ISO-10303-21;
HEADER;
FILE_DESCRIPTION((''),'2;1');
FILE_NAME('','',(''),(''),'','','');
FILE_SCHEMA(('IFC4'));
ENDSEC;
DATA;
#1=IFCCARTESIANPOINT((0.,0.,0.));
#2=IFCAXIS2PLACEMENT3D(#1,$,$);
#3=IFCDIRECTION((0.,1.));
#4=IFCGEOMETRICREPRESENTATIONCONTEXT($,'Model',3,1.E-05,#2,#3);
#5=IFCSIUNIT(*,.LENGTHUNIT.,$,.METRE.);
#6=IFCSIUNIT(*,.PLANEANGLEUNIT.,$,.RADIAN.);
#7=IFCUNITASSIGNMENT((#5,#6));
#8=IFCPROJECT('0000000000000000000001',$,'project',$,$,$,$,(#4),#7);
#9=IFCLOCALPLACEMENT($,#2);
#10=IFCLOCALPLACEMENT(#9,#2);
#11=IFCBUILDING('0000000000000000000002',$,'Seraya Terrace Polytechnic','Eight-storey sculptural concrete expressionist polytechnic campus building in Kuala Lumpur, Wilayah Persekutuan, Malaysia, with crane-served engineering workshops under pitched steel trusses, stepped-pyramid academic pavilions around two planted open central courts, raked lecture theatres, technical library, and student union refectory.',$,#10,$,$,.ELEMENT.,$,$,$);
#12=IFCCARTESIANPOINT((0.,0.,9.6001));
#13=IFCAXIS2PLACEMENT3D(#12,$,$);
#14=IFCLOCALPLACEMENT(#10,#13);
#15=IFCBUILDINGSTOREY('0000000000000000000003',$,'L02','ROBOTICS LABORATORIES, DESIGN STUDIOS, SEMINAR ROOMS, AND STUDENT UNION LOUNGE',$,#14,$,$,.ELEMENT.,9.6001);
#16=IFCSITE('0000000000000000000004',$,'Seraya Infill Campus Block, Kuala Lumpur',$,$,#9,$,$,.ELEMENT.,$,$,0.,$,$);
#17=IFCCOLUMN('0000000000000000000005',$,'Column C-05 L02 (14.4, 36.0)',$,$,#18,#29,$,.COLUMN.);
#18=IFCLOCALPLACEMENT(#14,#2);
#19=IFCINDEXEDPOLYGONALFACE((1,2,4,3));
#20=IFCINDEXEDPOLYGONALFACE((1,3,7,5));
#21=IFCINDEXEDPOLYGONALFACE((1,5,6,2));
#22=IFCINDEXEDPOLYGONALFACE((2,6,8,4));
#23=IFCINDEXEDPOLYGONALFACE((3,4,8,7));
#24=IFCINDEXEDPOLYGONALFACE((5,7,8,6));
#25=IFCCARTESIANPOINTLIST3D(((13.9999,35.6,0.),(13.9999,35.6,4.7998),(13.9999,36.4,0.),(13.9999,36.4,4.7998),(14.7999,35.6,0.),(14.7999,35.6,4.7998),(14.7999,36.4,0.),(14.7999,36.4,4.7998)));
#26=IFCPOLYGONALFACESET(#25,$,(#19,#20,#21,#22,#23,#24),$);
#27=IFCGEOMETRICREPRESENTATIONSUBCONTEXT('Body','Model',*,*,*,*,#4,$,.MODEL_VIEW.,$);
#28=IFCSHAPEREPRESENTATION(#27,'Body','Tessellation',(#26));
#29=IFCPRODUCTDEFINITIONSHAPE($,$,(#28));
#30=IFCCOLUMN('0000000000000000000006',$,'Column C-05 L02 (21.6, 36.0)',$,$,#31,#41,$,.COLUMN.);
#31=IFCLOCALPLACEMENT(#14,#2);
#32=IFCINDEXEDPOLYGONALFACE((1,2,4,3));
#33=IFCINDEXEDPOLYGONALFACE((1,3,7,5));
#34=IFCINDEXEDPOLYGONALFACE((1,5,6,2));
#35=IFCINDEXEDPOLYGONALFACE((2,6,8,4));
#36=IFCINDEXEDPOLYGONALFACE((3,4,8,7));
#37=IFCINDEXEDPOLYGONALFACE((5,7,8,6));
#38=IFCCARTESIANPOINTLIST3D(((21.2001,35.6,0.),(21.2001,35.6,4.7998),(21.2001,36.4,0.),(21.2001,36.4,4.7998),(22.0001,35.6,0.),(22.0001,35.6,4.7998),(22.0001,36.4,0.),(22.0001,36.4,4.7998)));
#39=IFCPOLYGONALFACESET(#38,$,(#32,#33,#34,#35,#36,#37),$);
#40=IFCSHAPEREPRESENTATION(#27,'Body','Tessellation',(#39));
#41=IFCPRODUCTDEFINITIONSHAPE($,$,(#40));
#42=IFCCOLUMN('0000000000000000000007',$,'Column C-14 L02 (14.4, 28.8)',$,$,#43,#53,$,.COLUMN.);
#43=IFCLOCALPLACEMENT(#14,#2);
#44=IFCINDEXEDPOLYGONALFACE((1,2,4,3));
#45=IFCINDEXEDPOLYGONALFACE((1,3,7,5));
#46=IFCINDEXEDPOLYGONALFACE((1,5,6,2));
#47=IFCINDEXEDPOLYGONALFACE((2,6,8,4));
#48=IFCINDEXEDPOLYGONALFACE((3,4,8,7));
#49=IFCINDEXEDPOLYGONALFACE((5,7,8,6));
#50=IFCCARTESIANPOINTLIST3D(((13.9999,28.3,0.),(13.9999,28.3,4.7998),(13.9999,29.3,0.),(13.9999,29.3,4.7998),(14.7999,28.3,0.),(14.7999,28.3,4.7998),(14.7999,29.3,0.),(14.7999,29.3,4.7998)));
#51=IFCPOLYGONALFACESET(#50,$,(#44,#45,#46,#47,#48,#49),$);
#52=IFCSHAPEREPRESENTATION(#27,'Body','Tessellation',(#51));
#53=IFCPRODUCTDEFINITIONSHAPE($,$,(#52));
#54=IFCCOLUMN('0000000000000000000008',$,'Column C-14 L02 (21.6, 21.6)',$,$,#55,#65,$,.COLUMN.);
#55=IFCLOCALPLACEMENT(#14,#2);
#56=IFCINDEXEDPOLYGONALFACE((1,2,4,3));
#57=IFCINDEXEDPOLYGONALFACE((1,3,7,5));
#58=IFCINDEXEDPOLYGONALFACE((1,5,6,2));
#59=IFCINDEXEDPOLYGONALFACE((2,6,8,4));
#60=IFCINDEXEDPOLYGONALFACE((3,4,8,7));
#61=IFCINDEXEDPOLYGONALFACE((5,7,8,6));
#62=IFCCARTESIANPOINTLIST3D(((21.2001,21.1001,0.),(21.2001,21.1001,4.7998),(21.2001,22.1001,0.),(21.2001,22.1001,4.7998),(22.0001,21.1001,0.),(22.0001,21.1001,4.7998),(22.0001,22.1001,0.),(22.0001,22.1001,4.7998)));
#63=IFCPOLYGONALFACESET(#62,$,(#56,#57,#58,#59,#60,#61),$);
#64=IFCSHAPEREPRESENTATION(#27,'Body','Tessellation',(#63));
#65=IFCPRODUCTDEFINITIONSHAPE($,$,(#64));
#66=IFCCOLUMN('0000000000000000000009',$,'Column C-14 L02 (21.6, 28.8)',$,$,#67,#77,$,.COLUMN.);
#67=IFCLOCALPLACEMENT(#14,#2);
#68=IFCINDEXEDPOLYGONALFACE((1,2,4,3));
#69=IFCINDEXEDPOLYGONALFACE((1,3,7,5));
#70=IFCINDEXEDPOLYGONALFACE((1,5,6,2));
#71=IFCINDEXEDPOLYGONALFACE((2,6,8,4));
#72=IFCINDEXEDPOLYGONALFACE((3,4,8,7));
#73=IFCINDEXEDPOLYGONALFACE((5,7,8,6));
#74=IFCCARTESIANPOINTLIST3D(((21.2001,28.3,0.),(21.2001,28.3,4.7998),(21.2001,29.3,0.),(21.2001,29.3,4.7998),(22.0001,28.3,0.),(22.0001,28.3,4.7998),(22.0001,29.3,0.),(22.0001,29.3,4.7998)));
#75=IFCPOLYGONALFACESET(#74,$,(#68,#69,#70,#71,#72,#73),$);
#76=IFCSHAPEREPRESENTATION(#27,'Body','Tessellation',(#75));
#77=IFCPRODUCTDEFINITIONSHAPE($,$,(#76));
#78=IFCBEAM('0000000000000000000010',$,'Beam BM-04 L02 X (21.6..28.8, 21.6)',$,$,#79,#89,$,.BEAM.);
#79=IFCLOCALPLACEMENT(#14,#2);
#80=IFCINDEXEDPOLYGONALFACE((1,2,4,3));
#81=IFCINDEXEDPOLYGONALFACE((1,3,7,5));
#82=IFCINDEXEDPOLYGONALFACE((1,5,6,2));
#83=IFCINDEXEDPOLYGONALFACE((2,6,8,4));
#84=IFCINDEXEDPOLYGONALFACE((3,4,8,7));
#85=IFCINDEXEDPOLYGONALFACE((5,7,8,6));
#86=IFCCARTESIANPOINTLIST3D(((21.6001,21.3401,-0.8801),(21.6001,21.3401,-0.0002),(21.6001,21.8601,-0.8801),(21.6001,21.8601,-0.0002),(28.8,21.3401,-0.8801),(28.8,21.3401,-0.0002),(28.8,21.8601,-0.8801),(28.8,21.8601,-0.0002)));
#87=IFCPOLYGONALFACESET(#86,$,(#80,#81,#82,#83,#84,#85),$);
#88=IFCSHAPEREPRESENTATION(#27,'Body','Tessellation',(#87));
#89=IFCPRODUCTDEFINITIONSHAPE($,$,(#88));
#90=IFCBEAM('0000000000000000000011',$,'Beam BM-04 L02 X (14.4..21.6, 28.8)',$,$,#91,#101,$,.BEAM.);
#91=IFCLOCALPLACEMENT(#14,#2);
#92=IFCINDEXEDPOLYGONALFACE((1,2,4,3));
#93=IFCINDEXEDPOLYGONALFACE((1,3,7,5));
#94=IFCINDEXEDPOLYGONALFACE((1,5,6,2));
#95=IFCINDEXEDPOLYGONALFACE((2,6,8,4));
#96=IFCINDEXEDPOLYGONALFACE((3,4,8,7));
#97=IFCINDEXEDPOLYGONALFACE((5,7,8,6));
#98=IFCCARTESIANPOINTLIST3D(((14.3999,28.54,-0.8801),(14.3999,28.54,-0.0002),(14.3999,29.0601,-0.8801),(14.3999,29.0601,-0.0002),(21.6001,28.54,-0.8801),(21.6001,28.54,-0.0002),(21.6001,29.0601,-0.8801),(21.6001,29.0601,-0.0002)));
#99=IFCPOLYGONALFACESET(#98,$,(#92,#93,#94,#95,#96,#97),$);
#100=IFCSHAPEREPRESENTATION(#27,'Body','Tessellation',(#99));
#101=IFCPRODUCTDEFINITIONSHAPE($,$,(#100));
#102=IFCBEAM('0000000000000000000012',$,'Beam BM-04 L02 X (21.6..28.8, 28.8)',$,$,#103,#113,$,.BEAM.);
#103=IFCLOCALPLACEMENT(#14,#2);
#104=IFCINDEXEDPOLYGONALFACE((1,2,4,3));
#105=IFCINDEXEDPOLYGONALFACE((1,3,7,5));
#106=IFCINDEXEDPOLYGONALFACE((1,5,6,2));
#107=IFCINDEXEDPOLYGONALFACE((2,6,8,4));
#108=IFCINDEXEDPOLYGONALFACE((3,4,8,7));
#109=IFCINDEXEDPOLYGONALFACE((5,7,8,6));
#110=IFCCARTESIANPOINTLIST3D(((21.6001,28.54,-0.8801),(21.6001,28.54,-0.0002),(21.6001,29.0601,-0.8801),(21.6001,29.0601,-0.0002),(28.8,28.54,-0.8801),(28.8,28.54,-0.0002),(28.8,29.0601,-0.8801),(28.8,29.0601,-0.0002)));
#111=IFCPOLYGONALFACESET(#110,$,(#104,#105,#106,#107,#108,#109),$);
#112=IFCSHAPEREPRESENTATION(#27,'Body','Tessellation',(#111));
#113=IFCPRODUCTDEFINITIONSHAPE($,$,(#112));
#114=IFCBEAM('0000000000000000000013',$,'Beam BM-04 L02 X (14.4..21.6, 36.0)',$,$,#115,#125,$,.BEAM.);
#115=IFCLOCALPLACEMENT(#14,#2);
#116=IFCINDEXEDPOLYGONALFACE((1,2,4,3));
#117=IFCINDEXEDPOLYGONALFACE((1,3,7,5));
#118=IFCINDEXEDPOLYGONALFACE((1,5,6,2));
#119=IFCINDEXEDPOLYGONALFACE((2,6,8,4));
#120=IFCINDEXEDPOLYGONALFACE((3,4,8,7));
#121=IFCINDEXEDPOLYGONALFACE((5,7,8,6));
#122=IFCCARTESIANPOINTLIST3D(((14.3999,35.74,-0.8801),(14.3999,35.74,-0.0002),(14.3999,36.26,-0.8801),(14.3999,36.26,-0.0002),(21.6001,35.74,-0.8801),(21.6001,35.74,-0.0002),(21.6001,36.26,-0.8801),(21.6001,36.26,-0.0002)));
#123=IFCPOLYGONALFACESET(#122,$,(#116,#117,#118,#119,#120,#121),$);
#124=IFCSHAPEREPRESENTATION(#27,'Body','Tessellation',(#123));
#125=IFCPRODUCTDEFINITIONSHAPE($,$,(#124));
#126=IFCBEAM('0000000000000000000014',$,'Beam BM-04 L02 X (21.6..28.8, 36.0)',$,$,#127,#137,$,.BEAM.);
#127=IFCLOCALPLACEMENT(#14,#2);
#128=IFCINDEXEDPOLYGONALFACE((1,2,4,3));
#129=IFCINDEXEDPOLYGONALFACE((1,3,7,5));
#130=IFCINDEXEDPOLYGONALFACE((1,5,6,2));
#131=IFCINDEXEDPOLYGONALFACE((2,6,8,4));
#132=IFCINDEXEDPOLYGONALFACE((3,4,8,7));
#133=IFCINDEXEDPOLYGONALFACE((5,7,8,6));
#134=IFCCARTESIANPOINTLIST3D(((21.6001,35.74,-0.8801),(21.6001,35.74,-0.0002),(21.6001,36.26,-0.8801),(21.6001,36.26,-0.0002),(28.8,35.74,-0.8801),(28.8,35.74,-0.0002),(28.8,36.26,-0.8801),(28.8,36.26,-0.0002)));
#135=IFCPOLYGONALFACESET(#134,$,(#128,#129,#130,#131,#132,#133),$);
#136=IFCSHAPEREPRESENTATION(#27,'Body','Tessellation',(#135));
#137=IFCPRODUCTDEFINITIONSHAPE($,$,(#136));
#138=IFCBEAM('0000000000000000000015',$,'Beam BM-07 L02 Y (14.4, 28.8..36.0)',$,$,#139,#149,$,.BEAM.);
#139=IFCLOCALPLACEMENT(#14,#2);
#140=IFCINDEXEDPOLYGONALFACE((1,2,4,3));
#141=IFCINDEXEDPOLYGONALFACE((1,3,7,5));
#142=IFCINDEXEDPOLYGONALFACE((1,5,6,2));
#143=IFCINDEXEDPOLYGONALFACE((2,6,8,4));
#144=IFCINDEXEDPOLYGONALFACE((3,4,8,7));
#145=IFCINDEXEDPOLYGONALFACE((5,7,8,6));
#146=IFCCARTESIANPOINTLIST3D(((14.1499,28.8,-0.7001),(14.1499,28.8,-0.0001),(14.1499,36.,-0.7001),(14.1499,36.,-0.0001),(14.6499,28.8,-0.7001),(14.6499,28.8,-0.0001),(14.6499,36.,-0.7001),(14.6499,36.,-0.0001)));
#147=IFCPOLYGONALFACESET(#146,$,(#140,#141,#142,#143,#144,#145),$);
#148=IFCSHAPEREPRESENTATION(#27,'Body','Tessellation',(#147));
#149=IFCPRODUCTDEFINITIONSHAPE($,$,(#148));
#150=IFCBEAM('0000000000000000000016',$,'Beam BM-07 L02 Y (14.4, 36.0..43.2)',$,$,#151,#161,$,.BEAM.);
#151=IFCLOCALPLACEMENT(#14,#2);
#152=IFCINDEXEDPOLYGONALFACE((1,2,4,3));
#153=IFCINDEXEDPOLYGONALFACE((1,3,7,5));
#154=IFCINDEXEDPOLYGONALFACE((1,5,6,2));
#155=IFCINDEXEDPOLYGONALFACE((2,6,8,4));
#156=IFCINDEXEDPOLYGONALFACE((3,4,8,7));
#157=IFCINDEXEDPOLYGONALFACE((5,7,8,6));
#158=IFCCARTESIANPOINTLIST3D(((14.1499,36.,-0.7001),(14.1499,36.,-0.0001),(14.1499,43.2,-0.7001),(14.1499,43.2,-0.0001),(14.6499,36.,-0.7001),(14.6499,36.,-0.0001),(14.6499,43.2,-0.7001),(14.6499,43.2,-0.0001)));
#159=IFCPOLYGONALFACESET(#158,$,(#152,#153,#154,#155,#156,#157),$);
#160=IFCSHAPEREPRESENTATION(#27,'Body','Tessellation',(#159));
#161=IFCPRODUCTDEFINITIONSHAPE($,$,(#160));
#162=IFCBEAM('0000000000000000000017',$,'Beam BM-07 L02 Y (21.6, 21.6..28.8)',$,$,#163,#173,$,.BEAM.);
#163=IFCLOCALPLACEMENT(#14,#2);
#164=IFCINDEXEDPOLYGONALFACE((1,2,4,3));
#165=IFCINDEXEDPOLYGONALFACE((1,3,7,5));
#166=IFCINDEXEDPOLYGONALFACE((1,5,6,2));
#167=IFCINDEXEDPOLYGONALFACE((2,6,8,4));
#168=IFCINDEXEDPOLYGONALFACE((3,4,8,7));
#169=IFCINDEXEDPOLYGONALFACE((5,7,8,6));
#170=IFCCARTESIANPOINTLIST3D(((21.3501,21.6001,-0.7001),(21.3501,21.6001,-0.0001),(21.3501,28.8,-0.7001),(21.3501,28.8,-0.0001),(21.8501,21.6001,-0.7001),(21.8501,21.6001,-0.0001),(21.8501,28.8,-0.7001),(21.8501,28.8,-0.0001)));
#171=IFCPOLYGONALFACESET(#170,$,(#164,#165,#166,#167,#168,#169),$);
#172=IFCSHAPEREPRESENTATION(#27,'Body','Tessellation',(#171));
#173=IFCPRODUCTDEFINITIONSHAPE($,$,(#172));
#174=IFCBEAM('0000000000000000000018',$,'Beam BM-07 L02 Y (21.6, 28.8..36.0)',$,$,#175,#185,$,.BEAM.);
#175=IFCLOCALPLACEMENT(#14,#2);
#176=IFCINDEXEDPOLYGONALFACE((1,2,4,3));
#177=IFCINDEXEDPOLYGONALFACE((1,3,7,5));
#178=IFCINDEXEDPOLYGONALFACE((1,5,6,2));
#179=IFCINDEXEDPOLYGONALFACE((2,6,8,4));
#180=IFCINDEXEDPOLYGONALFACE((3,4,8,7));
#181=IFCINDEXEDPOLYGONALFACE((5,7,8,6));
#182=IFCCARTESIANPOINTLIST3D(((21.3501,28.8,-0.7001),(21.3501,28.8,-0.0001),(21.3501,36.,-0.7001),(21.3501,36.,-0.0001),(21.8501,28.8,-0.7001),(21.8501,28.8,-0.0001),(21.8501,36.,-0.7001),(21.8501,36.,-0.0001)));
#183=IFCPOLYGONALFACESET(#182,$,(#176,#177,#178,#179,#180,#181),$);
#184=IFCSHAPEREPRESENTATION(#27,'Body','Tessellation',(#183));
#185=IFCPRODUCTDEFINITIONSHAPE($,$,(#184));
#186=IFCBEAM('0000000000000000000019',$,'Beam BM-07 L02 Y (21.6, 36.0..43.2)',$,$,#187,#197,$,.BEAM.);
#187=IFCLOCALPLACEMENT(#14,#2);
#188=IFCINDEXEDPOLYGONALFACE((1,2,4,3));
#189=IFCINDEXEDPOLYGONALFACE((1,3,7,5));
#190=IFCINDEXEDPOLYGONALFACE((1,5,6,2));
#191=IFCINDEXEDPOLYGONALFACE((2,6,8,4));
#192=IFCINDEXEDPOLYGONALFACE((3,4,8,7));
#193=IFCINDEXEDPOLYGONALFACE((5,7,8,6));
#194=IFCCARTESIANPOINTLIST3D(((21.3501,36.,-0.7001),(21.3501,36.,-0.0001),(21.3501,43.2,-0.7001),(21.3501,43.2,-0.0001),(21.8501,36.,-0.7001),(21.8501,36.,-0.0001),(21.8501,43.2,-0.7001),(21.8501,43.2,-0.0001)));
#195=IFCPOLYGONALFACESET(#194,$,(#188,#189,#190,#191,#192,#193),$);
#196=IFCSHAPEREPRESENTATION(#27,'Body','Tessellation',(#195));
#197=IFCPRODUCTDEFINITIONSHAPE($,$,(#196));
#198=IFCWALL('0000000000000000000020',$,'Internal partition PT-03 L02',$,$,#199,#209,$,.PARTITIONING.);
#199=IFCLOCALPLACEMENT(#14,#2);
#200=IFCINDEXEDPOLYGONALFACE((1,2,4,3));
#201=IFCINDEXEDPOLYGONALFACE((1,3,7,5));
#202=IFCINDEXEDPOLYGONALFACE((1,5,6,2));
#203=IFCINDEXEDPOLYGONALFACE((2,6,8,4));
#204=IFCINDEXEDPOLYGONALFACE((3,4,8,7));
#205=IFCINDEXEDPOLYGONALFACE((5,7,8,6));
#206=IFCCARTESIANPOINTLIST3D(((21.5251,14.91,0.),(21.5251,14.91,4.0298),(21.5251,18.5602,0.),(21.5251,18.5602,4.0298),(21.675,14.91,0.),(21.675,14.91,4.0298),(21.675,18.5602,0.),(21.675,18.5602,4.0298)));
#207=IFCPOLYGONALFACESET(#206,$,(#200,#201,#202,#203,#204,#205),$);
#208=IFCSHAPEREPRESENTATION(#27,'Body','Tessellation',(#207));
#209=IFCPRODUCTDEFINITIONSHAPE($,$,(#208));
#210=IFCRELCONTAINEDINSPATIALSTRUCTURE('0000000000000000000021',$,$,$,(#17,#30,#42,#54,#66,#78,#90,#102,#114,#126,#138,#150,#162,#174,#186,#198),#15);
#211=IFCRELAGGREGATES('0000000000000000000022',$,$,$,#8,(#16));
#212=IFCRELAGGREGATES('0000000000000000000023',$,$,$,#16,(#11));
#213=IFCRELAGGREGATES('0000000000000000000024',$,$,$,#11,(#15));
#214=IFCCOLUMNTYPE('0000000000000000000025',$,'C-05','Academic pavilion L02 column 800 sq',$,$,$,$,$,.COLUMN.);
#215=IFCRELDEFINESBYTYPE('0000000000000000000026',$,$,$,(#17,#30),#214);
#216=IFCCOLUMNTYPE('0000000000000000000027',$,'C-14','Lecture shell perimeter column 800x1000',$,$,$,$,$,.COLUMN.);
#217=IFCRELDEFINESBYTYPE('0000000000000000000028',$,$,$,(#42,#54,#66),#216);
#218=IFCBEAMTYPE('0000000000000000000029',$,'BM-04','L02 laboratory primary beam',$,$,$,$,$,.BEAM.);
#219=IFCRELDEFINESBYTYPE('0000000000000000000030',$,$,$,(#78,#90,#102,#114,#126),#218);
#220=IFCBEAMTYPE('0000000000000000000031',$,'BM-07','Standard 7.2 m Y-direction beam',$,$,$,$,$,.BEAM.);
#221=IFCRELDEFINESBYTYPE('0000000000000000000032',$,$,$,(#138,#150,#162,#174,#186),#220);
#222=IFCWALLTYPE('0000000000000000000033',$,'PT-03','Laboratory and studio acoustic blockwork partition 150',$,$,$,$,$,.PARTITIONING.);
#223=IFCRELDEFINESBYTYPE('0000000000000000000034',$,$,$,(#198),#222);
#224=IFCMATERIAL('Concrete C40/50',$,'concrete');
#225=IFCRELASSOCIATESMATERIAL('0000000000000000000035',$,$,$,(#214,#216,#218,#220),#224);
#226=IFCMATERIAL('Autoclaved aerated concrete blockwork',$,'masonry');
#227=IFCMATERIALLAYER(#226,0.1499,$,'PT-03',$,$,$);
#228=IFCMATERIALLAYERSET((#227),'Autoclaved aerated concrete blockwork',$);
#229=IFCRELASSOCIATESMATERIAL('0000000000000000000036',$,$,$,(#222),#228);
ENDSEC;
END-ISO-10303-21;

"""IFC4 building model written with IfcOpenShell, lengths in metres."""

from ifc_helpers import new_model, si_unit, direction, frame, frame_2d, origin, origin_2d, place, context, subcontext, project, spatial, rectangle, extrude, material, layer, layer_set, material_profile, profile_set, type_object, element, save


model = new_model("IFC4")

# Units and contexts
model_context = context("Model", 3, precision=1e-05, world=origin(), true_north=direction((0.0, 1.0)))
body_context = subcontext(model_context, "Body", "Model", "MODEL_VIEW")
ifc_project = project(units=[si_unit("LENGTHUNIT", "METRE"), si_unit("PLANEANGLEUNIT", "RADIAN")], contexts=[model_context])

# Site, building, storey
site_placement = place(None, origin())
site = spatial("IfcSite", under=ifc_project, at=site_placement, Name="Seraya Infill Campus Block, Kuala Lumpur", CompositionType="ELEMENT", RefElevation=0.0)
building_placement = place(site_placement, origin())
building = spatial("IfcBuilding", under=site, at=building_placement, Name="Seraya Terrace Polytechnic", Description="Eight-storey sculptural concrete expressionist polytechnic campus building in Kuala Lumpur, Wilayah Persekutuan, Malaysia, with crane-served engineering workshops under pitched steel trusses, stepped-pyramid academic pavilions around two planted open central courts, raked lecture theatres, technical library, and student union refectory.", CompositionType="ELEMENT")
storey_placement = place(building_placement, frame((0.0, 0.0, 9.6001)))
storey = spatial("IfcBuildingStorey", under=building, at=storey_placement, Name="L02", Description="ROBOTICS LABORATORIES, DESIGN STUDIOS, SEMINAR ROOMS, AND STUDENT UNION LOUNGE", CompositionType="ELEMENT", Elevation=9.6001)

# Columns
ifc_material_1 = material(Name="Concrete C40/50", Category="concrete")
ifc_material_profile_1 = material_profile(ifc_material_1, rectangle(XDim=0.8, YDim=0.8, at=origin_2d()), Name="RC 800x800")
ifc_profile_set_1 = profile_set([ifc_material_profile_1], Name="Concrete C40/50")
column_type_1 = type_object("IfcColumnType", Name="C-05", Description="Academic pavilion L02 column 800 sq", PredefinedType="COLUMN", material=ifc_profile_set_1)
for number, where, z_axis, x_axis, name in (
    (1, (14.3999, 36.0, 0.0), (0.0, 0.0, 1.0), (1.0, 0.0, 0.0), "Column C-05 L02 (14.4, 36.0)"),
    (2, (21.6001, 36.0, 0.0), (0.0, 0.0, 1.0), (1.0, 0.0, 0.0), "Column C-05 L02 (21.6, 36.0)"),
):
    element("IfcColumn", number, at=place(storey_placement, frame(where, z_axis=z_axis, x_axis=x_axis)), inside=storey, type_object=column_type_1, Name=name, PredefinedType="COLUMN", context=body_context, shape_type="SweptSolid", body=[
        extrude(rectangle(XDim=0.8, YDim=0.8, at=origin_2d()), origin(), (0.0, 0.0, 1.0), 4.7998),
    ])
ifc_material_profile_2 = material_profile(ifc_material_1, rectangle(XDim=0.8, YDim=1.0, at=origin_2d()), Name="RC 800x1000")
ifc_profile_set_2 = profile_set([ifc_material_profile_2], Name="Concrete C40/50")
column_type_2 = type_object("IfcColumnType", Name="C-14", Description="Lecture shell perimeter column 800x1000", PredefinedType="COLUMN", material=ifc_profile_set_2)
for number, where, z_axis, x_axis, name in (
    (3, (14.3999, 28.8, 0.0), (0.0, 0.0, 1.0), (1.0, 0.0, 0.0), "Column C-14 L02 (14.4, 28.8)"),
    (4, (21.6001, 21.6001, 0.0), (0.0, 0.0, 1.0), (1.0, 0.0, 0.0), "Column C-14 L02 (21.6, 21.6)"),
    (5, (21.6001, 28.8, 0.0), (0.0, 0.0, 1.0), (1.0, 0.0, 0.0), "Column C-14 L02 (21.6, 28.8)"),
):
    element("IfcColumn", number, at=place(storey_placement, frame(where, z_axis=z_axis, x_axis=x_axis)), inside=storey, type_object=column_type_2, Name=name, PredefinedType="COLUMN", context=body_context, shape_type="SweptSolid", body=[
        extrude(rectangle(XDim=0.8, YDim=1.0, at=origin_2d()), origin(), (0.0, 0.0, 1.0), 4.7998),
    ])

# Beams
ifc_material_profile_3 = material_profile(ifc_material_1, rectangle(XDim=0.52, YDim=0.8799, at=origin_2d()), Name="RC 520x880")
ifc_profile_set_3 = profile_set([ifc_material_profile_3], Name="Concrete C40/50")
beam_type_1 = type_object("IfcBeamType", Name="BM-04", Description="L02 laboratory primary beam", PredefinedType="BEAM", material=ifc_profile_set_3)
beam_1_placement = place(storey_placement, frame((21.6001, 21.6001, -0.4402), z_axis=(1.0, 0.0, 0.0), x_axis=(0.0, 1.0, 0.0)))
element("IfcBeam", 6, at=beam_1_placement, inside=storey, type_object=beam_type_1, Name="Beam BM-04 L02 X (21.6..28.8, 21.6)", PredefinedType="BEAM", context=body_context, shape_type="SweptSolid", body=[
    extrude(rectangle(XDim=0.52, YDim=0.8799, at=origin_2d()), origin(), (0.0, 0.0, 1.0), 7.2),
])
beam_2_placement = place(storey_placement, frame((14.3999, 28.8, -0.4402), z_axis=(1.0, 0.0, 0.0), x_axis=(0.0, 1.0, 0.0)))
element("IfcBeam", 7, at=beam_2_placement, inside=storey, type_object=beam_type_1, Name="Beam BM-04 L02 X (14.4..21.6, 28.8)", PredefinedType="BEAM", context=body_context, shape_type="SweptSolid", body=[
    extrude(rectangle(XDim=0.52, YDim=0.8799, at=origin_2d()), origin(), (0.0, 0.0, 1.0), 7.2002),
])
beam_3_placement = place(storey_placement, frame((21.6001, 28.8, -0.4402), z_axis=(1.0, 0.0, 0.0), x_axis=(0.0, 1.0, 0.0)))
element("IfcBeam", 8, at=beam_3_placement, inside=storey, type_object=beam_type_1, Name="Beam BM-04 L02 X (21.6..28.8, 28.8)", PredefinedType="BEAM", context=body_context, shape_type="SweptSolid", body=[
    extrude(rectangle(XDim=0.52, YDim=0.8799, at=origin_2d()), origin(), (0.0, 0.0, 1.0), 7.2),
])
beam_4_placement = place(storey_placement, frame((14.3999, 36.0, -0.4402), z_axis=(1.0, 0.0, 0.0), x_axis=(0.0, 1.0, 0.0)))
element("IfcBeam", 9, at=beam_4_placement, inside=storey, type_object=beam_type_1, Name="Beam BM-04 L02 X (14.4..21.6, 36.0)", PredefinedType="BEAM", context=body_context, shape_type="SweptSolid", body=[
    extrude(rectangle(XDim=0.52, YDim=0.8799, at=origin_2d()), origin(), (0.0, 0.0, 1.0), 7.2002),
])
beam_5_placement = place(storey_placement, frame((21.6001, 36.0, -0.4402), z_axis=(1.0, 0.0, 0.0), x_axis=(0.0, 1.0, 0.0)))
element("IfcBeam", 10, at=beam_5_placement, inside=storey, type_object=beam_type_1, Name="Beam BM-04 L02 X (21.6..28.8, 36.0)", PredefinedType="BEAM", context=body_context, shape_type="SweptSolid", body=[
    extrude(rectangle(XDim=0.52, YDim=0.8799, at=origin_2d()), origin(), (0.0, 0.0, 1.0), 7.2),
])
ifc_material_profile_4 = material_profile(ifc_material_1, rectangle(XDim=0.5, YDim=0.7, at=origin_2d()), Name="RC 500x700")
ifc_profile_set_4 = profile_set([ifc_material_profile_4], Name="Concrete C40/50")
beam_type_2 = type_object("IfcBeamType", Name="BM-07", Description="Standard 7.2 m Y-direction beam", PredefinedType="BEAM", material=ifc_profile_set_4)
for number, where, z_axis, x_axis, name in (
    (11, (14.3999, 28.8, -0.3501), (0.0, 1.0, 0.0), (-1.0, 0.0, 0.0), "Beam BM-07 L02 Y (14.4, 28.8..36.0)"),
    (12, (14.3999, 36.0, -0.3501), (0.0, 1.0, 0.0), (-1.0, 0.0, 0.0), "Beam BM-07 L02 Y (14.4, 36.0..43.2)"),
    (13, (21.6001, 21.6001, -0.3501), (0.0, 1.0, 0.0), (-1.0, 0.0, 0.0), "Beam BM-07 L02 Y (21.6, 21.6..28.8)"),
    (14, (21.6001, 28.8, -0.3501), (0.0, 1.0, 0.0), (-1.0, 0.0, 0.0), "Beam BM-07 L02 Y (21.6, 28.8..36.0)"),
    (15, (21.6001, 36.0, -0.3501), (0.0, 1.0, 0.0), (-1.0, 0.0, 0.0), "Beam BM-07 L02 Y (21.6, 36.0..43.2)"),
):
    element("IfcBeam", number, at=place(storey_placement, frame(where, z_axis=z_axis, x_axis=x_axis)), inside=storey, type_object=beam_type_2, Name=name, PredefinedType="BEAM", context=body_context, shape_type="SweptSolid", body=[
        extrude(rectangle(XDim=0.5, YDim=0.7, at=origin_2d()), origin(), (0.0, 0.0, 1.0), 7.2),
    ])

# Wall
ifc_material_2 = material(Name="Autoclaved aerated concrete blockwork", Category="masonry")
ifc_layer_1 = layer(ifc_material_2, 0.1499, Name="PT-03")
ifc_layer_set_1 = layer_set([ifc_layer_1], Name="Autoclaved aerated concrete blockwork")
wall_type_1 = type_object("IfcWallType", Name="PT-03", Description="Laboratory and studio acoustic blockwork partition 150", PredefinedType="PARTITIONING", material=ifc_layer_set_1)
wall_1_placement = place(storey_placement, frame((21.6001, 14.9099, 0.0), z_axis=(0.0, 0.0, 1.0), x_axis=(0.0, 1.0, 0.0)))
element("IfcWall", 16, at=wall_1_placement, inside=storey, type_object=wall_type_1, Name="Internal partition PT-03 L02", PredefinedType="PARTITIONING", context=body_context, shape_type="SweptSolid", body=[
    extrude(rectangle(XDim=3.6501, YDim=0.1499, at=frame_2d((1.8252, 0.0))), origin(), (0.0, 0.0, 1.0), 4.0298),
])

save(model, "model.ifc")
